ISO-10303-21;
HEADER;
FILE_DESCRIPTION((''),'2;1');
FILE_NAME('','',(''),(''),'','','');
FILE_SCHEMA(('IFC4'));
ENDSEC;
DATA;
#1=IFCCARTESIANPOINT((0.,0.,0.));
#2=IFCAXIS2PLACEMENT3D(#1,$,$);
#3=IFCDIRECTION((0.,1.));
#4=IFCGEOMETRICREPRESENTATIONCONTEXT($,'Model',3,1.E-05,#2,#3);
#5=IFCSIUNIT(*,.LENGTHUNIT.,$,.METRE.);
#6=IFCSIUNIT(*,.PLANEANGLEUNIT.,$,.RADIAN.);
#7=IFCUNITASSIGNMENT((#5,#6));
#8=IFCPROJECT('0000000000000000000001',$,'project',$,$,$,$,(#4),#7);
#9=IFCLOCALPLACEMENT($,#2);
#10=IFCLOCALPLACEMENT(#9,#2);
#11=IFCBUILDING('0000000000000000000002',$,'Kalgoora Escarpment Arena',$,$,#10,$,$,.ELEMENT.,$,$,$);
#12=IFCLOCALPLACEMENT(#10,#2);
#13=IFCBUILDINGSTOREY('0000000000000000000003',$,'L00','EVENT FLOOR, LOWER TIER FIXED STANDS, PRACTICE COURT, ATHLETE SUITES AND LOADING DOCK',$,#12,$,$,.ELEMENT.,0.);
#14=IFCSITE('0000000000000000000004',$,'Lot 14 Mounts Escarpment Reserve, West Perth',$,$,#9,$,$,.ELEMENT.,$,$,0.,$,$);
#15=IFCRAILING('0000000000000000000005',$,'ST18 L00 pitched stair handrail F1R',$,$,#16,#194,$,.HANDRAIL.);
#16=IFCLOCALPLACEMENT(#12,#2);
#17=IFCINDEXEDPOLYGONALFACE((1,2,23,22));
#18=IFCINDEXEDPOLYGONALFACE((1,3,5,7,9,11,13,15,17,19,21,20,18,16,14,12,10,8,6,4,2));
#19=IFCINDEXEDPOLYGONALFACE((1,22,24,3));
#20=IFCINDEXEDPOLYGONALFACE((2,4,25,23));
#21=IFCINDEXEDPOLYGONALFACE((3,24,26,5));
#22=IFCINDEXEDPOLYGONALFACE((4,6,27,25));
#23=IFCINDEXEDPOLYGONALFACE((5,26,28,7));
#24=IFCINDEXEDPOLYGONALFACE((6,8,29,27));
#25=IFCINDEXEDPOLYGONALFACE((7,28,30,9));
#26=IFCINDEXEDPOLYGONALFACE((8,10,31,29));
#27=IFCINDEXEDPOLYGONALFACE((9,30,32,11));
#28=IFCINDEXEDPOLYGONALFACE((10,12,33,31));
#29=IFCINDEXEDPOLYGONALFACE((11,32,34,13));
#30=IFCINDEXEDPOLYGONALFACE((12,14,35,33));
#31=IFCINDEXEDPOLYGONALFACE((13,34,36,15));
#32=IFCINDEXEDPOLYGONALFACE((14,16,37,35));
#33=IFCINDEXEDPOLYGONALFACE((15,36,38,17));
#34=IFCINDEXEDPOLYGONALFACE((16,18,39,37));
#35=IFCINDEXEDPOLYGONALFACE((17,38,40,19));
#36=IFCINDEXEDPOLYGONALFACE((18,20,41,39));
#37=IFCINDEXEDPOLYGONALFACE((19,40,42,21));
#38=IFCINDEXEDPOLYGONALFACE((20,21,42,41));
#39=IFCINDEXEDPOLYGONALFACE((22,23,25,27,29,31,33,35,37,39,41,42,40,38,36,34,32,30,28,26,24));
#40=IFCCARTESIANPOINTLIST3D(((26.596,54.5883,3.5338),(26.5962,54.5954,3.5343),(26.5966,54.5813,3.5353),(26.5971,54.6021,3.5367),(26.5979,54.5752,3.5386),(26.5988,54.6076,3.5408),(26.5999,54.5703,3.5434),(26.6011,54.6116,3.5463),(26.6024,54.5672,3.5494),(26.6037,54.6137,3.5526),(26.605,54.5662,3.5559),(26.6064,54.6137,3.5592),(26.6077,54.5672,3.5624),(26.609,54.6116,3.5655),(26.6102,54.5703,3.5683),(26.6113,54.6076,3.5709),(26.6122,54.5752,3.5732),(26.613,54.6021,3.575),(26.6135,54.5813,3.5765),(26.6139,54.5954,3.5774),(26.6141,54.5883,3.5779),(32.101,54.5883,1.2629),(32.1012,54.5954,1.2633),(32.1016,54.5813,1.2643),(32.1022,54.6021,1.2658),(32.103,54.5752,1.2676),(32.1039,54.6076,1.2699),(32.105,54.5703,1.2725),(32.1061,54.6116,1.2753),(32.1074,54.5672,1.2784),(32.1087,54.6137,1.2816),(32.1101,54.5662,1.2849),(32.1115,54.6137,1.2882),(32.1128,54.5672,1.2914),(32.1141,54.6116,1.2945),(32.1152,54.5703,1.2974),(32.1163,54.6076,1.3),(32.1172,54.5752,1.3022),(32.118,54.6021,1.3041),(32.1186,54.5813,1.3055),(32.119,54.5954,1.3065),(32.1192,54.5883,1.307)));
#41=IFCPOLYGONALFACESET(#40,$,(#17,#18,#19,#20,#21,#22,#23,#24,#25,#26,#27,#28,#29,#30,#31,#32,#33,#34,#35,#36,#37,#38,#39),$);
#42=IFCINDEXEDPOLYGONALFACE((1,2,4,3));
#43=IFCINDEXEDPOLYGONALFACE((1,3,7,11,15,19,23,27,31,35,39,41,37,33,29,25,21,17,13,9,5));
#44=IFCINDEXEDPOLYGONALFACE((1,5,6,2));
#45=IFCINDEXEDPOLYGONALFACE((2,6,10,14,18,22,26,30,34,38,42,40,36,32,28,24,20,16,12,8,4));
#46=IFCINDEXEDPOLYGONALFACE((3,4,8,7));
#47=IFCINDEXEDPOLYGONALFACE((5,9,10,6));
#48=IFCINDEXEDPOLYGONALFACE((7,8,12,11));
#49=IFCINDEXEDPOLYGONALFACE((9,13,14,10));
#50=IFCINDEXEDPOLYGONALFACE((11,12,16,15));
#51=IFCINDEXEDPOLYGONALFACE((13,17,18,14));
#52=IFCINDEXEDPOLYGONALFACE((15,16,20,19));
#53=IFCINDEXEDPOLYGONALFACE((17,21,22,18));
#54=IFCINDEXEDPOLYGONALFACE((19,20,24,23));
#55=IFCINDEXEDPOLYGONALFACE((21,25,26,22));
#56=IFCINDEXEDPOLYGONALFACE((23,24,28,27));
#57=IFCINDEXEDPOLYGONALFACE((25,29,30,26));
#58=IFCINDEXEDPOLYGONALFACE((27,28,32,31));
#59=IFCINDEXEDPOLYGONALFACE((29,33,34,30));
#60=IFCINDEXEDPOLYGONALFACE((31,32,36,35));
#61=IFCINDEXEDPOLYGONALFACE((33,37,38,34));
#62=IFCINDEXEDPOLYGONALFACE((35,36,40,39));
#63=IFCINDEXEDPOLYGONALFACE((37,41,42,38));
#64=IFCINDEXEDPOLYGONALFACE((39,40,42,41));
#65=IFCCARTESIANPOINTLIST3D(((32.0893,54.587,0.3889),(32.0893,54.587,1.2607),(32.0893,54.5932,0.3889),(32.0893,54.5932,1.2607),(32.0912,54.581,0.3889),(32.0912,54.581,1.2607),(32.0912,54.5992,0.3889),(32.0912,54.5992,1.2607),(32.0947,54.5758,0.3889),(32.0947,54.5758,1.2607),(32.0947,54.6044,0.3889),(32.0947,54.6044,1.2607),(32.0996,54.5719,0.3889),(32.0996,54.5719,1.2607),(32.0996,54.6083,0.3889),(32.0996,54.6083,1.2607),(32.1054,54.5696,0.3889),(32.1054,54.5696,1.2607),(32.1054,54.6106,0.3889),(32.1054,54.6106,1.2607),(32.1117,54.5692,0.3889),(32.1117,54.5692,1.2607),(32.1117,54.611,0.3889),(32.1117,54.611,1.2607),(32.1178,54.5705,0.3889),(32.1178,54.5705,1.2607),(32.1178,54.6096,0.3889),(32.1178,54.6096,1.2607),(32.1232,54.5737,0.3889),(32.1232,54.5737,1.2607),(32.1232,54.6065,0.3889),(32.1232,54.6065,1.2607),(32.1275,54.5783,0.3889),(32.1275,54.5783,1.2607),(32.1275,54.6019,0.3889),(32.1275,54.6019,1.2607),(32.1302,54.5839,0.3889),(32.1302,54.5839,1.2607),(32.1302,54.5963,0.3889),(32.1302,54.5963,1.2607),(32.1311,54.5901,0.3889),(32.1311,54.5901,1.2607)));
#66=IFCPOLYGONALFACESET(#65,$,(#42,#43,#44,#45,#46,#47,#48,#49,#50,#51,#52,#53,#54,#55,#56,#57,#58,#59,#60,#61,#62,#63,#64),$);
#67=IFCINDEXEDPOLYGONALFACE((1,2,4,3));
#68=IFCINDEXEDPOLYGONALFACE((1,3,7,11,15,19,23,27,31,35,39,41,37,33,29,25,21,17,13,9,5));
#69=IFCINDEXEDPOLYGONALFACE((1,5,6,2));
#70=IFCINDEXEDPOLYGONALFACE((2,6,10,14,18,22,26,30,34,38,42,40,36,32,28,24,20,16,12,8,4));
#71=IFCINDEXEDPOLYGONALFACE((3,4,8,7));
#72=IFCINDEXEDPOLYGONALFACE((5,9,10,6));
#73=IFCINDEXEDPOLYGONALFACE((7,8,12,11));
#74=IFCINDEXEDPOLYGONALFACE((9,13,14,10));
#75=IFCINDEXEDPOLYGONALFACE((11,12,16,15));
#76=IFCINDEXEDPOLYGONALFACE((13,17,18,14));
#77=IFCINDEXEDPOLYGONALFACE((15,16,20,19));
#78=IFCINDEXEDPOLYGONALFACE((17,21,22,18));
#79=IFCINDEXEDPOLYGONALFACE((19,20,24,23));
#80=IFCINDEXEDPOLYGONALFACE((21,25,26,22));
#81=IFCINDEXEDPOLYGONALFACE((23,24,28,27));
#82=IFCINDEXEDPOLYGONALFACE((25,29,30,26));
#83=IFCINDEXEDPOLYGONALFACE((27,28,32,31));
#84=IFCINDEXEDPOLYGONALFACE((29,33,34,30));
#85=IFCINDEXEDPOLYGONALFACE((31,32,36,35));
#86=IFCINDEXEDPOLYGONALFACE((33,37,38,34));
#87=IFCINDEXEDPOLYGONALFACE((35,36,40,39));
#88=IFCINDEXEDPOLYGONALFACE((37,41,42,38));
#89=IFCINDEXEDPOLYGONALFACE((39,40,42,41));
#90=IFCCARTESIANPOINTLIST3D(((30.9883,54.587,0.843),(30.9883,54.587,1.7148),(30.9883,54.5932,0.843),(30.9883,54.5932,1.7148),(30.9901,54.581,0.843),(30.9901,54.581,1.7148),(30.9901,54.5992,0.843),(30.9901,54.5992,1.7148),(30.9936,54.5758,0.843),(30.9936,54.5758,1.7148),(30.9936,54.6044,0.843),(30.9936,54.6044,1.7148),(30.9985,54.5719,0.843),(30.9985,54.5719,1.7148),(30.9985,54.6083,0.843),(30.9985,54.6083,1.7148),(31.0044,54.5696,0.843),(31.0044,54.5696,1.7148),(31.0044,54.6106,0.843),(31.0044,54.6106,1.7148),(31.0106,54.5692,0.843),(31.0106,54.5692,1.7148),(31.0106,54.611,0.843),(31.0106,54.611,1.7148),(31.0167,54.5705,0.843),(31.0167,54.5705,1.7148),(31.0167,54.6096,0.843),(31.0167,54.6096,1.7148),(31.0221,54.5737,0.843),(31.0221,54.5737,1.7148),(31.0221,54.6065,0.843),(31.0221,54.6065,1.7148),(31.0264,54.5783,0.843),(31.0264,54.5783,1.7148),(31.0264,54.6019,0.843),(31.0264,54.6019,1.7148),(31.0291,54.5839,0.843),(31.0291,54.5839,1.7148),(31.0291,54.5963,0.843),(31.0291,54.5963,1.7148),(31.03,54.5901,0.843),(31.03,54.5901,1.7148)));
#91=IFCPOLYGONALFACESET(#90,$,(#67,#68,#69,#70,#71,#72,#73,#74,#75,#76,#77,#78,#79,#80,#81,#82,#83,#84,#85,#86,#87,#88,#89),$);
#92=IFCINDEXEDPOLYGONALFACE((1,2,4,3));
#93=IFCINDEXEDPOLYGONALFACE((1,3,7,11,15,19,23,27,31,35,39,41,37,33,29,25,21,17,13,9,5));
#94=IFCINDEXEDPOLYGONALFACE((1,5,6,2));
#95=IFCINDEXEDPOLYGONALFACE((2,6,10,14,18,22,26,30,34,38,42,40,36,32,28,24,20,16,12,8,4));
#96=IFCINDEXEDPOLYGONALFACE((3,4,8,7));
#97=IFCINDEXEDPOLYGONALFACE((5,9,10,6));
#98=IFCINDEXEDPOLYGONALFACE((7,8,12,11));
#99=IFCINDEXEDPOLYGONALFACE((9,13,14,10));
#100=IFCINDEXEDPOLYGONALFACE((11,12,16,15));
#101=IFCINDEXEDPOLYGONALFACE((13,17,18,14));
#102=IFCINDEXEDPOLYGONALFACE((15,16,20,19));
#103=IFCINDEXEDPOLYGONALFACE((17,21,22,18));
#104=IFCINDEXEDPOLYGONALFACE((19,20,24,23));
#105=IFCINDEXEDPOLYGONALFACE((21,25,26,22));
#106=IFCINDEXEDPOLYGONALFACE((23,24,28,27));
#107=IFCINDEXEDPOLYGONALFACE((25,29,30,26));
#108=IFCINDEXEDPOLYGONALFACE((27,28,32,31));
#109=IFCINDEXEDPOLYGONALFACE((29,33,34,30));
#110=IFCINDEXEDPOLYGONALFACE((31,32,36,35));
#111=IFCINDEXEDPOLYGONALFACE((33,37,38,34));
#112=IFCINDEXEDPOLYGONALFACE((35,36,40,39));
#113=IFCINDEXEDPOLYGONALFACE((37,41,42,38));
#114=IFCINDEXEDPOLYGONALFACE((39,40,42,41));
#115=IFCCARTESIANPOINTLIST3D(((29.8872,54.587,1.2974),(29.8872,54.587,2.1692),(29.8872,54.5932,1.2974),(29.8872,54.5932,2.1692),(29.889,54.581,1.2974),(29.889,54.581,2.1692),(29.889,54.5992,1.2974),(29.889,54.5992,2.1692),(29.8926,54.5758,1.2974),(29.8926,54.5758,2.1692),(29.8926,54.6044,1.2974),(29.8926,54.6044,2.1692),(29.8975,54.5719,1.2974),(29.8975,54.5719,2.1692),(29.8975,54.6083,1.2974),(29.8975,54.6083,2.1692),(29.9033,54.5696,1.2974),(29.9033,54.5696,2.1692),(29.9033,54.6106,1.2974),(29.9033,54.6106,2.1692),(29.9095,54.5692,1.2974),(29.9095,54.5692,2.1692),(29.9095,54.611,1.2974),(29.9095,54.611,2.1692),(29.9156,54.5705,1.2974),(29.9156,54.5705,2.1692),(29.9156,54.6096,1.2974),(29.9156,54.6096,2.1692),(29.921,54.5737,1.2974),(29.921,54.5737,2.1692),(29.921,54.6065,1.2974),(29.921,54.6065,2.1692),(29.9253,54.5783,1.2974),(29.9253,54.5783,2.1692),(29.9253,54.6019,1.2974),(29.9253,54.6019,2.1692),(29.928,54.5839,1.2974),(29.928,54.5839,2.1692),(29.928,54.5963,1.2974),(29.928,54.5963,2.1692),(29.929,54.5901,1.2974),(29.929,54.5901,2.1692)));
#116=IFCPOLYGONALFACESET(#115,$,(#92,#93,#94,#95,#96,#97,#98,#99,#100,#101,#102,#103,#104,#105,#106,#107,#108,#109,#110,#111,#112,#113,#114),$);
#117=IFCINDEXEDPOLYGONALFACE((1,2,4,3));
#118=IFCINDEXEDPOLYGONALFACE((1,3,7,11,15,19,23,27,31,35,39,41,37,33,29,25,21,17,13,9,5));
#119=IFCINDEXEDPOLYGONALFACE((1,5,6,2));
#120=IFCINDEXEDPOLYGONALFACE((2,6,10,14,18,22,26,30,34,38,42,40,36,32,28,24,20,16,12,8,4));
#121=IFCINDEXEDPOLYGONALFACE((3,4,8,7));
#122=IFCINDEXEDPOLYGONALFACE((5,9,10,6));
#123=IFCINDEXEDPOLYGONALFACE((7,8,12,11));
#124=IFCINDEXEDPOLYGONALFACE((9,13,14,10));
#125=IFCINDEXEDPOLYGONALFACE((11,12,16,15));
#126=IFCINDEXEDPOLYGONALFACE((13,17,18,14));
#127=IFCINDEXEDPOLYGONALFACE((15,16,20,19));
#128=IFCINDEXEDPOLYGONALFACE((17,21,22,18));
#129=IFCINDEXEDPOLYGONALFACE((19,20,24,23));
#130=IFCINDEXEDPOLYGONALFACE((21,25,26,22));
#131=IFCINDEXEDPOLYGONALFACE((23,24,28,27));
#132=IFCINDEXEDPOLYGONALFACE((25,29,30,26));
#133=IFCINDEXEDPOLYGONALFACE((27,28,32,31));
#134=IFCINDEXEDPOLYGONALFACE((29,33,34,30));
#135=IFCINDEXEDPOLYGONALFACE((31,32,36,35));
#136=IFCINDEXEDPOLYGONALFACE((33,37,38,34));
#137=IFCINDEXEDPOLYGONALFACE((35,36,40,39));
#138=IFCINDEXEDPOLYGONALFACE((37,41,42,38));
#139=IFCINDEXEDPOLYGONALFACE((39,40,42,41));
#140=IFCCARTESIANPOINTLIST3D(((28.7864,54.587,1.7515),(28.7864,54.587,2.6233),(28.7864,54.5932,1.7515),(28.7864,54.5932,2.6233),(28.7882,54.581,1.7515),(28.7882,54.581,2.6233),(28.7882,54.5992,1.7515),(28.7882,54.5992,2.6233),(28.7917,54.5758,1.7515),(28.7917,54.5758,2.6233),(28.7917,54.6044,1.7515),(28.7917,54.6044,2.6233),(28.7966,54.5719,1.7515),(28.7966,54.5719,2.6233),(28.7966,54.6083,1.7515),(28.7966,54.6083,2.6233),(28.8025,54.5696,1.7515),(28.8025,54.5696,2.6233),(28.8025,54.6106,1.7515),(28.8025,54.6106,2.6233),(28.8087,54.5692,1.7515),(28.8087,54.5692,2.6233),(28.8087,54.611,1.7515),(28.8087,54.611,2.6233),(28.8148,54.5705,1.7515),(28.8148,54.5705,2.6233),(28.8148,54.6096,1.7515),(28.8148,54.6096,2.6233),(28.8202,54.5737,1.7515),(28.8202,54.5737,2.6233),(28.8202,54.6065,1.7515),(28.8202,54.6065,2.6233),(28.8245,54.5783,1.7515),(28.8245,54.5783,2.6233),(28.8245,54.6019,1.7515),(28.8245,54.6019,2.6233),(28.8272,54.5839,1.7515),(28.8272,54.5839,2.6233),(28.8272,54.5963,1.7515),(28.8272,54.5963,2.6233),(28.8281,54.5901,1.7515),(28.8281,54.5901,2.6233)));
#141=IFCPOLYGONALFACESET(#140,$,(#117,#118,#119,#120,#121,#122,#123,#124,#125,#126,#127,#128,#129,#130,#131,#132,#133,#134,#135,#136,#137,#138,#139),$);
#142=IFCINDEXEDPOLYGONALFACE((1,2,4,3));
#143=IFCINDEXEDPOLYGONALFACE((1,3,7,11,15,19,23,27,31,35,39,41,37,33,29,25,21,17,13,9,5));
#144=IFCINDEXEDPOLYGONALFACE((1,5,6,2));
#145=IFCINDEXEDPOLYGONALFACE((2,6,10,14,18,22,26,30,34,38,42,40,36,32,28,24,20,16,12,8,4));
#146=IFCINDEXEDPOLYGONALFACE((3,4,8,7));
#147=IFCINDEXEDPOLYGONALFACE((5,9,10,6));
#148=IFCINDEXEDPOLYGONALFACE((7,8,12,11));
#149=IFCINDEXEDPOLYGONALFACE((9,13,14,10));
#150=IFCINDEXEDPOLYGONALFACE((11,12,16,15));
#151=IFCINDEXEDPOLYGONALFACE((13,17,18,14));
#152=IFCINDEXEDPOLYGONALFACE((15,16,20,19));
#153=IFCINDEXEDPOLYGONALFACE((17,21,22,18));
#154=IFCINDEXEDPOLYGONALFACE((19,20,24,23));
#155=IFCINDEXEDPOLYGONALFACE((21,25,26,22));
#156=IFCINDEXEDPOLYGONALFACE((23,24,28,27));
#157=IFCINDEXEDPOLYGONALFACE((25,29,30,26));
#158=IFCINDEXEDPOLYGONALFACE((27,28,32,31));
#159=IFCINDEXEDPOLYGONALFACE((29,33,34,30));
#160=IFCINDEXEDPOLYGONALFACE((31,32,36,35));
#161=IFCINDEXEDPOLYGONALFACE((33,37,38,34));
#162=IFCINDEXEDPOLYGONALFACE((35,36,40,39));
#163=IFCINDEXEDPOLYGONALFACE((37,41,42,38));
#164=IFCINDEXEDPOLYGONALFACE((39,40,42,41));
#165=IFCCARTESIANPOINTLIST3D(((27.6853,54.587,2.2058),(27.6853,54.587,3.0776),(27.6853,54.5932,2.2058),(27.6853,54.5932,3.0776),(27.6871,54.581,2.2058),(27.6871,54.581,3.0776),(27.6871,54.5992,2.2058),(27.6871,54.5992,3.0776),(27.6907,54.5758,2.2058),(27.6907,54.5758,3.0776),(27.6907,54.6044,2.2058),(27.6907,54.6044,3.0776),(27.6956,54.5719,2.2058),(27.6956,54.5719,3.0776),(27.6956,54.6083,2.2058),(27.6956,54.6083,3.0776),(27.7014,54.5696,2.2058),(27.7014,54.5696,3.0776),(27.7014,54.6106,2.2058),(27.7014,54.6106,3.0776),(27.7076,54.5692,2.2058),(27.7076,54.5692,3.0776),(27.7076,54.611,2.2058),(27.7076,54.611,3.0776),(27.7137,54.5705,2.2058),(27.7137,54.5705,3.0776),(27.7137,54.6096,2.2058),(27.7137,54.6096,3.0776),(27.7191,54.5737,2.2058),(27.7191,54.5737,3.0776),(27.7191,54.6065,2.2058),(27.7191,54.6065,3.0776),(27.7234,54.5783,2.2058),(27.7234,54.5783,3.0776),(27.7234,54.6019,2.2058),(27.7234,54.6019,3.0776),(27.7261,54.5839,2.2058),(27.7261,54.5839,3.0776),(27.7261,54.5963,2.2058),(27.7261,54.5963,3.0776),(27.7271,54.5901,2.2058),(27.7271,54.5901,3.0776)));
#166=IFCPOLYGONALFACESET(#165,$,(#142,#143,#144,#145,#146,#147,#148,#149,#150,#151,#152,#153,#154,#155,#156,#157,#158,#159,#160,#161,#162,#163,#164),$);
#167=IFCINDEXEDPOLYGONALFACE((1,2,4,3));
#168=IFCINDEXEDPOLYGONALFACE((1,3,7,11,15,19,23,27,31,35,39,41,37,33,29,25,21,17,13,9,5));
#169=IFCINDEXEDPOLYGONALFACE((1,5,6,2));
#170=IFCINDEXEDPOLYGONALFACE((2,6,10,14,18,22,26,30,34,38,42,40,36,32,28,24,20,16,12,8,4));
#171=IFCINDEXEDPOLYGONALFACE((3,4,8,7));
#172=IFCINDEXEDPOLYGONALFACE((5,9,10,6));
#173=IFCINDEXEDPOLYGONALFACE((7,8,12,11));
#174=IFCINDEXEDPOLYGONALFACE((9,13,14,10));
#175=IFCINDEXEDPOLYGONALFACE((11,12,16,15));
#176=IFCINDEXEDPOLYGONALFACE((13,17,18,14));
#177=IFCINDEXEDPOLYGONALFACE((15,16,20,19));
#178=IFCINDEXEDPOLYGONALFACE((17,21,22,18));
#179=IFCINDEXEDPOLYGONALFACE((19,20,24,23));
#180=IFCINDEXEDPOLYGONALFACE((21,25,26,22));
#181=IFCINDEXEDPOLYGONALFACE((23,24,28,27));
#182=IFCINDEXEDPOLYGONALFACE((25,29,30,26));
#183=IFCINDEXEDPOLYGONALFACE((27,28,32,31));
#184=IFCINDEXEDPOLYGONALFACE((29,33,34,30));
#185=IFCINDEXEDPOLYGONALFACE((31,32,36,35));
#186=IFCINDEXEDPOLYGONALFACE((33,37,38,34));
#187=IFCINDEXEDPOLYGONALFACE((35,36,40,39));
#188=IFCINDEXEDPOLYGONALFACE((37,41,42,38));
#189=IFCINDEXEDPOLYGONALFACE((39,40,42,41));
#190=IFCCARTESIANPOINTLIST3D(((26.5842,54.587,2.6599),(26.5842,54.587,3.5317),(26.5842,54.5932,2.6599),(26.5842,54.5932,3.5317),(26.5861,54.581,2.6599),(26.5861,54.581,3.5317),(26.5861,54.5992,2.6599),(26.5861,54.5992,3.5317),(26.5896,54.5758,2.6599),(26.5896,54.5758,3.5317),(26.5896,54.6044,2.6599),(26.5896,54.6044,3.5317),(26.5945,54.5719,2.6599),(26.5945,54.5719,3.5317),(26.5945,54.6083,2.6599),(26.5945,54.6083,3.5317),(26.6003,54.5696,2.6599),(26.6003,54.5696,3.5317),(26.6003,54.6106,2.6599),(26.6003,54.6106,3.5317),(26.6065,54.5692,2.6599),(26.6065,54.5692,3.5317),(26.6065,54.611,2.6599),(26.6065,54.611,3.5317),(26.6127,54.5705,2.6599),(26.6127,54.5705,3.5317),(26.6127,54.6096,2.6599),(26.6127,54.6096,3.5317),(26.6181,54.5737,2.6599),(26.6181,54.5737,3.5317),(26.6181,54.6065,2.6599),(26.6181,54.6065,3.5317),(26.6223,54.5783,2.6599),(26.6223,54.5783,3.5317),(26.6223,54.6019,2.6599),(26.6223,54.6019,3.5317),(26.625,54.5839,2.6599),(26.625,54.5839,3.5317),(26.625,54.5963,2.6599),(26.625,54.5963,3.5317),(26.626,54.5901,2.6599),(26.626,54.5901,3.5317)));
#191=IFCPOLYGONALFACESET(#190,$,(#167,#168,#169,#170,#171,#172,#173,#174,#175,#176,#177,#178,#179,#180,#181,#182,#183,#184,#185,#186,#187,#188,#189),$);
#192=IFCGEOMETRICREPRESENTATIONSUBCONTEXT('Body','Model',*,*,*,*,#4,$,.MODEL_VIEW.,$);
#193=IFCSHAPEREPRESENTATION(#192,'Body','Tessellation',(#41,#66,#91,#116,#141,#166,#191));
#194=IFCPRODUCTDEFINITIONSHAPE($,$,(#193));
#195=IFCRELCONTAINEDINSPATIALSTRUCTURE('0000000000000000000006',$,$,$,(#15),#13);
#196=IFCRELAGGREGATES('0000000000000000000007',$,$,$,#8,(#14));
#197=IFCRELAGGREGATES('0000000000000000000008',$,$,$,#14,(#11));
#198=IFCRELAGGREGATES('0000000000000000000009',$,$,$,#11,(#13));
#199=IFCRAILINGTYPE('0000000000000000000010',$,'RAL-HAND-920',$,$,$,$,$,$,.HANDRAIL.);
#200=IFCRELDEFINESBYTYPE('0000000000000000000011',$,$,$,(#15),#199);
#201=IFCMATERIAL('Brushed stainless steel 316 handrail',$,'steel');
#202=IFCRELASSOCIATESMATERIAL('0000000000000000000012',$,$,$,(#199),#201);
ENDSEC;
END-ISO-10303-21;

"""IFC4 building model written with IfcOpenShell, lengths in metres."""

from ifc_helpers import new_model, si_unit, direction, frame, origin, origin_2d, place, context, subcontext, project, spatial, circle, extrude, material, type_object, element, save


model = new_model("IFC4")

# Units and contexts
model_context = context("Model", 3, precision=1e-05, world=origin(), true_north=direction((0.0, 1.0)))
body_context = subcontext(model_context, "Body", "Model", "MODEL_VIEW")
ifc_project = project(units=[si_unit("LENGTHUNIT", "METRE"), si_unit("PLANEANGLEUNIT", "RADIAN")], contexts=[model_context])

# Site, building, storey
site_placement = place(None, origin())
site = spatial("IfcSite", under=ifc_project, at=site_placement, Name="Lot 14 Mounts Escarpment Reserve, West Perth", CompositionType="ELEMENT", RefElevation=0.0)
building_placement = place(site_placement, origin())
building = spatial("IfcBuilding", under=site, at=building_placement, Name="Kalgoora Escarpment Arena", CompositionType="ELEMENT")
storey_placement = place(building_placement, origin())
storey = spatial("IfcBuildingStorey", under=building, at=storey_placement, Name="L00", Description="EVENT FLOOR, LOWER TIER FIXED STANDS, PRACTICE COURT, ATHLETE SUITES AND LOADING DOCK", CompositionType="ELEMENT", Elevation=0.0)

# Railing
ifc_material_1 = material(Name="Brushed stainless steel 316 handrail", Category="steel")
railing_type = type_object("IfcRailingType", Name="RAL-HAND-920", PredefinedType="HANDRAIL", material=ifc_material_1)
for number, where, name in (
    (1, (32.1101, 54.5901, 0.3889), "ST18 L00 pitched stair handrail F1R"),
):
    element("IfcRailing", number, at=place(storey_placement, frame(where)), inside=storey, type_object=railing_type, Name=name, PredefinedType="HANDRAIL", context=body_context, shape_type="SweptSolid", body=[
        extrude(circle(Radius=0.0239, at=origin_2d()), frame((0.0, 0.0, 0.896), z_axis=(-0.924431, 0.0, 0.38135), x_axis=(0.0, -1.0, 0.0)), (0.0, 0.0, 1.0), 5.9551),
        extrude(circle(Radius=0.021, at=origin_2d()), origin(), (0.0, 0.0, 1.0), 0.8718),
        extrude(circle(Radius=0.021, at=origin_2d()), frame((-1.1011, 0.0, 0.4541)), (0.0, 0.0, 1.0), 0.8718),
        extrude(circle(Radius=0.021, at=origin_2d()), frame((-2.2021, 0.0, 0.9084)), (0.0, 0.0, 1.0), 0.8718),
        extrude(circle(Radius=0.021, at=origin_2d()), frame((-3.303, 0.0, 1.3625)), (0.0, 0.0, 1.0), 0.8718),
        extrude(circle(Radius=0.021, at=origin_2d()), frame((-4.4041, 0.0, 1.8169)), (0.0, 0.0, 1.0), 0.8718),
        extrude(circle(Radius=0.021, at=origin_2d()), frame((-5.5051, 0.0, 2.271)), (0.0, 0.0, 1.0), 0.8718),
    ])

save(model, "model.ifc")
